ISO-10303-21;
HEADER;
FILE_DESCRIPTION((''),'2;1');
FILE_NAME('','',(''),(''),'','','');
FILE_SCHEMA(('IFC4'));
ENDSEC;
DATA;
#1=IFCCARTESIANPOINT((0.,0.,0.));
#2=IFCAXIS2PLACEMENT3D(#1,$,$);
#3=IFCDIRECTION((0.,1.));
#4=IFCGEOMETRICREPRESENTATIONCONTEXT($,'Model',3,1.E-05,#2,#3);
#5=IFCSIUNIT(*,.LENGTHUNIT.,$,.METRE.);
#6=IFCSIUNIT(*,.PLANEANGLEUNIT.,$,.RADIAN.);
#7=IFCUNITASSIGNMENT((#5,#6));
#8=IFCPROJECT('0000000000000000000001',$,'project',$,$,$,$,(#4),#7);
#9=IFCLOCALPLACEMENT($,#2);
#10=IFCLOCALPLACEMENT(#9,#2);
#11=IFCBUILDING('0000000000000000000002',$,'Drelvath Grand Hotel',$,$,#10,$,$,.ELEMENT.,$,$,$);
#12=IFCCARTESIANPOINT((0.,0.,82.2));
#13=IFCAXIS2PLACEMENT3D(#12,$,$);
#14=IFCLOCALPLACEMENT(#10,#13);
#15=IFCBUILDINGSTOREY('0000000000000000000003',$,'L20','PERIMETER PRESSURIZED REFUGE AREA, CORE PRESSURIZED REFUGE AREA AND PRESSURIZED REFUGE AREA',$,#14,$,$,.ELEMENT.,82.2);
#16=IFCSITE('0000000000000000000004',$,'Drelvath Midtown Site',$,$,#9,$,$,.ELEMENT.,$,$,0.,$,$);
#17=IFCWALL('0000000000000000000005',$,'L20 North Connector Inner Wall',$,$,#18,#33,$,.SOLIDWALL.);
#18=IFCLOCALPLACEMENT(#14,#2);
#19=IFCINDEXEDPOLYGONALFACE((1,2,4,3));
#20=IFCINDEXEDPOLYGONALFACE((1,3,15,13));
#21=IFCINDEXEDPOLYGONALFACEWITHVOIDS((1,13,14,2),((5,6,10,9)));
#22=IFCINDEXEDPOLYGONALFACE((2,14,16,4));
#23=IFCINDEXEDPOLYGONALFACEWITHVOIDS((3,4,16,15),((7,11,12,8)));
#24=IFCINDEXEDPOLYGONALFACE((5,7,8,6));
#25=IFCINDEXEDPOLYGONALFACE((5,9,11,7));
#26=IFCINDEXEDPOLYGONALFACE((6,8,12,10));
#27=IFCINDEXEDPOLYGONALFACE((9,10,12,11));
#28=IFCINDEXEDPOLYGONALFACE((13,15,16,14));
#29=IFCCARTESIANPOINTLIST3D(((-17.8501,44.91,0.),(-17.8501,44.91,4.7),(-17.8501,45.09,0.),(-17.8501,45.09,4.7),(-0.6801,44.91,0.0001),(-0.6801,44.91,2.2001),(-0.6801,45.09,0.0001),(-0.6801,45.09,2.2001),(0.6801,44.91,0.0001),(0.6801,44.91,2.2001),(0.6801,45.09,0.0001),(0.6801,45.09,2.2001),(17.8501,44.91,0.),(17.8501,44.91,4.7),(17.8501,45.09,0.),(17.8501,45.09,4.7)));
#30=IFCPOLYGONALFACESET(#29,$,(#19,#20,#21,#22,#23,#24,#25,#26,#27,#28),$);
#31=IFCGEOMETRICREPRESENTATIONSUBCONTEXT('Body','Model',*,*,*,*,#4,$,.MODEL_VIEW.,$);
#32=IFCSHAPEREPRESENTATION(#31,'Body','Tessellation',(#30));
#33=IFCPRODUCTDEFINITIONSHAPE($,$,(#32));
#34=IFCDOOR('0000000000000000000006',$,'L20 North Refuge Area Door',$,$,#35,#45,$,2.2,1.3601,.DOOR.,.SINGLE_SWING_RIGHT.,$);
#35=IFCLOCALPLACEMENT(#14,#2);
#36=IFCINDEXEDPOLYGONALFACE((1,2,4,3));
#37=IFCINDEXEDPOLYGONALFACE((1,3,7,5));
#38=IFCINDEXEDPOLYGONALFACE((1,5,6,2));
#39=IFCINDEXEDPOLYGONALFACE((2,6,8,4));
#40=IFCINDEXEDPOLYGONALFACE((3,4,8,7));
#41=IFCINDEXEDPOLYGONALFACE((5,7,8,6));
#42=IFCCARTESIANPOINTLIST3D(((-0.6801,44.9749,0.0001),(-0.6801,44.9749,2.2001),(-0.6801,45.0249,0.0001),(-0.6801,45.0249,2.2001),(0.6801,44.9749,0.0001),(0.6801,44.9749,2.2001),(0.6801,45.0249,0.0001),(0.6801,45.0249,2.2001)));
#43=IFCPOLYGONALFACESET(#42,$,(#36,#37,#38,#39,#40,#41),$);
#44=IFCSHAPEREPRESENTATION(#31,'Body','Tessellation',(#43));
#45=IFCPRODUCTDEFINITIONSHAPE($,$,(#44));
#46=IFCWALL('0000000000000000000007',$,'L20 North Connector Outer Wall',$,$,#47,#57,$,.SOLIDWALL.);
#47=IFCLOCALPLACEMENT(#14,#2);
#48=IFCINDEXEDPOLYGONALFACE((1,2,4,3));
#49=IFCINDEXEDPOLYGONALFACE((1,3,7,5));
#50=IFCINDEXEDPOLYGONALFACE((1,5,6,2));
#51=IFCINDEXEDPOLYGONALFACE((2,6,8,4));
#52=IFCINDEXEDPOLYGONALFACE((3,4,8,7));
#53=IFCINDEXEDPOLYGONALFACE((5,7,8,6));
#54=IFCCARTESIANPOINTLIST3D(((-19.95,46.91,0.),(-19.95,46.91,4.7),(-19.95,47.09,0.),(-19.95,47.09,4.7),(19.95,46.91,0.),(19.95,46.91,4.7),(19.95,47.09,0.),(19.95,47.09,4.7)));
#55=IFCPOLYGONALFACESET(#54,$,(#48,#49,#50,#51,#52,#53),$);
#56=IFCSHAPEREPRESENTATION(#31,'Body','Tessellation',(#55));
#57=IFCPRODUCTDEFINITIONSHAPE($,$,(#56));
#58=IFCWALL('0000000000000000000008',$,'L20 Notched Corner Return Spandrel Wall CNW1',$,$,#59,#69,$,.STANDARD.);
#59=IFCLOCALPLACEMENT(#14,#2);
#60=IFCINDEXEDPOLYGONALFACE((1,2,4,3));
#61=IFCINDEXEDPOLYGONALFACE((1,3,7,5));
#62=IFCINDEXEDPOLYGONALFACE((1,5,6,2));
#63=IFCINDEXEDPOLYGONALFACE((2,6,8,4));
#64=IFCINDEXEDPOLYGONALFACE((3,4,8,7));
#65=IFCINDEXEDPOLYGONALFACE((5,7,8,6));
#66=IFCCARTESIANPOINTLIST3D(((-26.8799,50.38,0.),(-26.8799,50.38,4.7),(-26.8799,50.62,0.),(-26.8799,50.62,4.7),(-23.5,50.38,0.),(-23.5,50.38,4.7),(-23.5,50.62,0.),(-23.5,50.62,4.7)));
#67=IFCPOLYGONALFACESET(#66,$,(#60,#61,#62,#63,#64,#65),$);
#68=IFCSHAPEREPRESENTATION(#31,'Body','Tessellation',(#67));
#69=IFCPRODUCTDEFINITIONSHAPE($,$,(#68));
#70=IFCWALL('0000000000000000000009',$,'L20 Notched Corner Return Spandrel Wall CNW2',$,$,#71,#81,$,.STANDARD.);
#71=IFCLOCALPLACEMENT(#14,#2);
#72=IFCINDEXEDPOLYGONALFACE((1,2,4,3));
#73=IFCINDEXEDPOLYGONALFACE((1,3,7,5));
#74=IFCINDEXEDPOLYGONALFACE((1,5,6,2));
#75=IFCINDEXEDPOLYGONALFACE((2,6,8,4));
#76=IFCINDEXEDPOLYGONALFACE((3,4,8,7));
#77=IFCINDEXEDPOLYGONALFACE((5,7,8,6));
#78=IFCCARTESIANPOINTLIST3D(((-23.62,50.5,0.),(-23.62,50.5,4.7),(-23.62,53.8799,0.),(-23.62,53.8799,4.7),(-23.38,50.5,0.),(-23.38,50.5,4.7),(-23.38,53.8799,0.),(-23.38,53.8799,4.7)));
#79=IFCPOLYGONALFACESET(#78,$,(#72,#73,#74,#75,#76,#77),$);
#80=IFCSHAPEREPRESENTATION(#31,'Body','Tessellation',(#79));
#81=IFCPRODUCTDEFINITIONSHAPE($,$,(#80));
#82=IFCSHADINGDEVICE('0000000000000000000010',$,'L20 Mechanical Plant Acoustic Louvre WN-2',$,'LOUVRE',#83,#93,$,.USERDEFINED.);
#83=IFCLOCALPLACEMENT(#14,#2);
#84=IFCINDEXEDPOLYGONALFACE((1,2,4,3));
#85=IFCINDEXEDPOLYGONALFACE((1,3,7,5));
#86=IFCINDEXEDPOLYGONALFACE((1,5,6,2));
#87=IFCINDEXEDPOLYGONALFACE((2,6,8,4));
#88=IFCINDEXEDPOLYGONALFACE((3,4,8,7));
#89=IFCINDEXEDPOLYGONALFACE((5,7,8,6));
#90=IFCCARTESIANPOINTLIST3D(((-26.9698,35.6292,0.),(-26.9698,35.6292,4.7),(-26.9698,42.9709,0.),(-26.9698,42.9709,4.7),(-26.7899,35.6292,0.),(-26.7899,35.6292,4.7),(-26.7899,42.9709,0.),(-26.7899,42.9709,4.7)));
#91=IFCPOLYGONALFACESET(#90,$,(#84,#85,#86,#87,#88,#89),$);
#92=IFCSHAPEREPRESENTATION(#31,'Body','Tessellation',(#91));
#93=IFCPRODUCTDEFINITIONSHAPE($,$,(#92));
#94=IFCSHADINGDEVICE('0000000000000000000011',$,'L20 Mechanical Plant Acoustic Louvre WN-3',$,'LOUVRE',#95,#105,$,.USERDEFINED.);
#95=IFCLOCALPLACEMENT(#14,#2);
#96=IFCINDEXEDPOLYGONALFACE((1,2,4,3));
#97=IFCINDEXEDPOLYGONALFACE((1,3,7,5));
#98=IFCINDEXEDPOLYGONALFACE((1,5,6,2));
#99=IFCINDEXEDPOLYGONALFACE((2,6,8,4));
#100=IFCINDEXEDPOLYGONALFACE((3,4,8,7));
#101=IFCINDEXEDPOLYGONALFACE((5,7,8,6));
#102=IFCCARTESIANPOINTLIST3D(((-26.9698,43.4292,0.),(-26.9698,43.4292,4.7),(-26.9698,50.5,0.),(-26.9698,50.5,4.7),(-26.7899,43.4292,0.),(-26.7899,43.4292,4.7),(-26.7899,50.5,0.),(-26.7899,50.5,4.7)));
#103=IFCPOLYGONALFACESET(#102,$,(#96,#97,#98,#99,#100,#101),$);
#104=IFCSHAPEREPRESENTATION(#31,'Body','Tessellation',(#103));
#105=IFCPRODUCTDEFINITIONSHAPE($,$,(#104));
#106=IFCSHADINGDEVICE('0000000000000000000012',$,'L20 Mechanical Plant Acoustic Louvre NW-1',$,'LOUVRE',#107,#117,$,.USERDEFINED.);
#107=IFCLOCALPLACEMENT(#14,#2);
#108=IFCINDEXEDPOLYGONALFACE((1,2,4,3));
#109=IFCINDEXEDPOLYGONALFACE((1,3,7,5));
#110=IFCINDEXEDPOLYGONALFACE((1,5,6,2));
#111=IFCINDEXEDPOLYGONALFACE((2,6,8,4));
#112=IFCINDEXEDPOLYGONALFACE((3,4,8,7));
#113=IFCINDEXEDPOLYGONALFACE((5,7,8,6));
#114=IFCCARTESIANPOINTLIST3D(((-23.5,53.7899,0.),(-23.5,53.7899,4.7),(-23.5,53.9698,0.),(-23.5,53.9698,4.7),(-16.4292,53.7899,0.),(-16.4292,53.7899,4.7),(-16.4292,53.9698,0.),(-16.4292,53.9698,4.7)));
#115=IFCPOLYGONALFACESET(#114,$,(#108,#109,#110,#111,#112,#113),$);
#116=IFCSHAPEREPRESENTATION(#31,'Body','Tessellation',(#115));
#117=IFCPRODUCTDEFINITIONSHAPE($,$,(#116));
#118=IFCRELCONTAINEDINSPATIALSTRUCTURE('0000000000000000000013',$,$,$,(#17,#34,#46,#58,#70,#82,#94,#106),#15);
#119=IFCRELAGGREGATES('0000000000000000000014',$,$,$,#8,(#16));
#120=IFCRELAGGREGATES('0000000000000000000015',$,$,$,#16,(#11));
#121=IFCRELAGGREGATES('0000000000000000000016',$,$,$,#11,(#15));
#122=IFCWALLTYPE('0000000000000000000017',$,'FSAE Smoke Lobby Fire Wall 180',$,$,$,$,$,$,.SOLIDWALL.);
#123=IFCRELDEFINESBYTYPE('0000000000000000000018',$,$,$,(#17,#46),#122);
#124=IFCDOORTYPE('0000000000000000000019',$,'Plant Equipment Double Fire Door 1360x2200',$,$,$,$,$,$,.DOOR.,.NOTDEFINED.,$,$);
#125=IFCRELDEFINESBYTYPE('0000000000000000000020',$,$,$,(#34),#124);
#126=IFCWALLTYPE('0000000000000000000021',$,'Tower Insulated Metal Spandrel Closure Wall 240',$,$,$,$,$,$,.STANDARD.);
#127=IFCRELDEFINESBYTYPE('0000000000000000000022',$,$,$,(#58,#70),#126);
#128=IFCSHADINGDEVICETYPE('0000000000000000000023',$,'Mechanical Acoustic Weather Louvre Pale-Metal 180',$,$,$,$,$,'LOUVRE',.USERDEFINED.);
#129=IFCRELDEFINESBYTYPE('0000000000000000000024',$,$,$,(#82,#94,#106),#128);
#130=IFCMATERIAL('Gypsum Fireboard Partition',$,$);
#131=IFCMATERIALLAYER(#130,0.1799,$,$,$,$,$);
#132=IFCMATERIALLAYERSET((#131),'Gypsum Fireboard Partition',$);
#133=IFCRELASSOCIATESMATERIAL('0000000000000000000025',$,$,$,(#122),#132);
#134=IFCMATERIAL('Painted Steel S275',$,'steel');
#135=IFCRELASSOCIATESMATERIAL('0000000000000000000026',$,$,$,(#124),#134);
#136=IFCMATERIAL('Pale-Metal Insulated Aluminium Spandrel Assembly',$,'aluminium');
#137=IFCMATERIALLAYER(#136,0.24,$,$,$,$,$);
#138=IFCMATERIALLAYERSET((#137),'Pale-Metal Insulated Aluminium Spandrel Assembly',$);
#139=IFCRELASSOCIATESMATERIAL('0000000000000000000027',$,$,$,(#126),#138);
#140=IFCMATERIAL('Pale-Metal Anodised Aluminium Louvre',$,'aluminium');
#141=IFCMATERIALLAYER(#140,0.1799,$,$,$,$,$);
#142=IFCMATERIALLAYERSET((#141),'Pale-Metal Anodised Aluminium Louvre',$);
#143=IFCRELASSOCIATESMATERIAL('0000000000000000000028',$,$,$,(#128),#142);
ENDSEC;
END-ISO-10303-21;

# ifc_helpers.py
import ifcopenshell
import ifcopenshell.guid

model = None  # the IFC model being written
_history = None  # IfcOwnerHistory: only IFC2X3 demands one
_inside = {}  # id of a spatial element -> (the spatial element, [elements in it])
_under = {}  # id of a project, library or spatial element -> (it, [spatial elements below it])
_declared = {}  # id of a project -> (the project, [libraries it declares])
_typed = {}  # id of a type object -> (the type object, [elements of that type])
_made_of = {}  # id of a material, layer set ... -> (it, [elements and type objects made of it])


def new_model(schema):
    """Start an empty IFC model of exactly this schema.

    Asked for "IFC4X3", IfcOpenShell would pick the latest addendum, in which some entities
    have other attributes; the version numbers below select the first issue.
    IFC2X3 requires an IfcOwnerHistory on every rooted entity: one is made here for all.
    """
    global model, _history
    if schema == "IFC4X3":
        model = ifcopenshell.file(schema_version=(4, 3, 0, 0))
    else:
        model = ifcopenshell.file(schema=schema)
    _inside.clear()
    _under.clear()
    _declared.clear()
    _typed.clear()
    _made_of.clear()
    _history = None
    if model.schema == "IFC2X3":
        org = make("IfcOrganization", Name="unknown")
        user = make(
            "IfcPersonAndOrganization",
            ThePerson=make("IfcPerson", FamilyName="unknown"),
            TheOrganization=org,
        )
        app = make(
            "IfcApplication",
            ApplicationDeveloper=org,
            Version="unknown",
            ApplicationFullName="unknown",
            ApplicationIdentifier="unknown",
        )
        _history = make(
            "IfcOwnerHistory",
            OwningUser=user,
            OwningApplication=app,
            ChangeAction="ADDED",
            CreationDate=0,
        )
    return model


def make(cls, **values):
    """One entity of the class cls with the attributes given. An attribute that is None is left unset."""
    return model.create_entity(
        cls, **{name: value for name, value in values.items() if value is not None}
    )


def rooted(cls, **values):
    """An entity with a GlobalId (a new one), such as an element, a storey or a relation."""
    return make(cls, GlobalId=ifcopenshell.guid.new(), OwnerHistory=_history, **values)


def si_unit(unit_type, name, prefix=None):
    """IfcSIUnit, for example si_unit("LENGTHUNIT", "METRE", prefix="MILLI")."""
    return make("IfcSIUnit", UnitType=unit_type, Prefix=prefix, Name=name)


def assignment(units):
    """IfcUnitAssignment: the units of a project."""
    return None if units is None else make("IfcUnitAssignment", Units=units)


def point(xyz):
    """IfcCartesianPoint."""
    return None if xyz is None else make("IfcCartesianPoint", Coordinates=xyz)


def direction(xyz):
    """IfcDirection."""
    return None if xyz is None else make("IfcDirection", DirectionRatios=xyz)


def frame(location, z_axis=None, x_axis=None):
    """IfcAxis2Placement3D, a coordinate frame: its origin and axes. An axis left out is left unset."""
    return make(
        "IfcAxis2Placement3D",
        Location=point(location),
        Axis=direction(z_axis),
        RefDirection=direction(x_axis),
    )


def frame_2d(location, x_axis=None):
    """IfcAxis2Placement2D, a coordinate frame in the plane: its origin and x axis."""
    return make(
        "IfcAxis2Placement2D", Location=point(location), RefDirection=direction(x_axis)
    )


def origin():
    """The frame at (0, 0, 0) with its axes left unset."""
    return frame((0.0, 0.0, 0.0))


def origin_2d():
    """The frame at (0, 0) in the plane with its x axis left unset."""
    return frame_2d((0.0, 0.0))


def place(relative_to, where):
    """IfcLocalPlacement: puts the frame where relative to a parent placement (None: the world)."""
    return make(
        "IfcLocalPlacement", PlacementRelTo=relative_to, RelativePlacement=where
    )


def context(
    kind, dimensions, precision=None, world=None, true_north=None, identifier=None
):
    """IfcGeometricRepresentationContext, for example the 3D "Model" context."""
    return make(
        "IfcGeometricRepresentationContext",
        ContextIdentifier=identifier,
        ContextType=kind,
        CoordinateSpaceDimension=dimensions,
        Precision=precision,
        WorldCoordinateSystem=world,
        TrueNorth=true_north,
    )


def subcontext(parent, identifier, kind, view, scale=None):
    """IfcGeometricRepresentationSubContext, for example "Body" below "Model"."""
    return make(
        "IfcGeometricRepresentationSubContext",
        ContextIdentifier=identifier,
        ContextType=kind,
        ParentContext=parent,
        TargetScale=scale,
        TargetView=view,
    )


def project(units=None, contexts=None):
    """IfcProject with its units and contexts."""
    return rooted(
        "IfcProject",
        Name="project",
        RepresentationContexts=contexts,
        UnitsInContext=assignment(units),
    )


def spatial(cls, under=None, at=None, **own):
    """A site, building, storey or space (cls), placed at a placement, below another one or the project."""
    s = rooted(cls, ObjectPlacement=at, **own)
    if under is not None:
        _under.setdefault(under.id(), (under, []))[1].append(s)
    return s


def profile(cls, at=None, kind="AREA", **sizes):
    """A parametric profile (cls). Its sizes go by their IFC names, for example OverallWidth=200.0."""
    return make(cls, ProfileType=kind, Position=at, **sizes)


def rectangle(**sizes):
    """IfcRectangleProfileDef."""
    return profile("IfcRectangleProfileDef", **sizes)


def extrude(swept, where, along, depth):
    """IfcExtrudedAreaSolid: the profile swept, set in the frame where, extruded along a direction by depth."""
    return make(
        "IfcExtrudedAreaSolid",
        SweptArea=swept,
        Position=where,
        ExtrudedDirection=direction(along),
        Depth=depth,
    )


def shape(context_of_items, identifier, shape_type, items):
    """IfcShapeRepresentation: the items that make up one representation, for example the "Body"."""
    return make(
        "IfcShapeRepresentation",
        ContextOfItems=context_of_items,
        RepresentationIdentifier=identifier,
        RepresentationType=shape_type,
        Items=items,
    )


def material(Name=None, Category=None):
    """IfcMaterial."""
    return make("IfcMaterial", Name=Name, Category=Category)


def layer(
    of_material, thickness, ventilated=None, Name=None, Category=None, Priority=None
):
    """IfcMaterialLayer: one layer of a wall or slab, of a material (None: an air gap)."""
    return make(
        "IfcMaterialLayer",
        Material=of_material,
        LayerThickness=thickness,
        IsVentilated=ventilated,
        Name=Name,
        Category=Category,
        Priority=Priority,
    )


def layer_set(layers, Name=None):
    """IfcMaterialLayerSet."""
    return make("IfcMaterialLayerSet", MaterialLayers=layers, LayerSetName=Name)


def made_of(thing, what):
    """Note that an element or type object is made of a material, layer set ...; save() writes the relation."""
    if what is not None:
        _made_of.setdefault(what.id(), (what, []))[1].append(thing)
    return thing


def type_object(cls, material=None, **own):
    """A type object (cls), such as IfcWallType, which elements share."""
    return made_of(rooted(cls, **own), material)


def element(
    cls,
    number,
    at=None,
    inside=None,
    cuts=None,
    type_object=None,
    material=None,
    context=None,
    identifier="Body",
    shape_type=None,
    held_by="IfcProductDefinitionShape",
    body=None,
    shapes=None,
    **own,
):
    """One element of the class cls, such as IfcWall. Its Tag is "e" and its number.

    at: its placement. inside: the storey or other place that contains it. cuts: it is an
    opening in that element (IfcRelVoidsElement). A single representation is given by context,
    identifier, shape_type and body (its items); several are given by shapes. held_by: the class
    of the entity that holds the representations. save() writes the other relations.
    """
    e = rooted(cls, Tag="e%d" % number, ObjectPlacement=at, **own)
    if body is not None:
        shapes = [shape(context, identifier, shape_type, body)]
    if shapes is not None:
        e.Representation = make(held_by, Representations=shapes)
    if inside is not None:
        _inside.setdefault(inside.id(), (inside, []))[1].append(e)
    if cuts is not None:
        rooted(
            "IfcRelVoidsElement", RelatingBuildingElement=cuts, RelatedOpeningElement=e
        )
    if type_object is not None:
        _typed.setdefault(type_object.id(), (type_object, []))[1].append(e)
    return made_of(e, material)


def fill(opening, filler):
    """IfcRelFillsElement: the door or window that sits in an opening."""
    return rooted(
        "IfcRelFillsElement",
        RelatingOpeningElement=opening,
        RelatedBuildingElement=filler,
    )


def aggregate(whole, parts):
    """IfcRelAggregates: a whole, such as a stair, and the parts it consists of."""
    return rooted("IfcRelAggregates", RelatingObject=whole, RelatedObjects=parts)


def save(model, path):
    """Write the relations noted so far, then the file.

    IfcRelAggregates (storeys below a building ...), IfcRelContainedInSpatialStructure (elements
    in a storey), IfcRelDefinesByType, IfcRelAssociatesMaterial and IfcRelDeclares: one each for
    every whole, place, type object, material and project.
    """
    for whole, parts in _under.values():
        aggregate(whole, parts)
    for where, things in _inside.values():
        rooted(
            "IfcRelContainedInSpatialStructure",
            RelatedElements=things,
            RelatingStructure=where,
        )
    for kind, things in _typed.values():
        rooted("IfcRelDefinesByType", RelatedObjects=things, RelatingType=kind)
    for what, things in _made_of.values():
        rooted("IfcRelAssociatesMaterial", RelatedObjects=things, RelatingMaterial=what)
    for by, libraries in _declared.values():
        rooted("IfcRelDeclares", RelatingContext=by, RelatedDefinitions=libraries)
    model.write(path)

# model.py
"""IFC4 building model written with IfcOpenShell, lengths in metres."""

from ifc_helpers import new_model, si_unit, direction, frame, frame_2d, origin, origin_2d, place, context, subcontext, project, spatial, rectangle, extrude, material, layer, layer_set, type_object, element, fill, save


model = new_model("IFC4")

# Units and contexts
model_context = context("Model", 3, precision=1e-05, world=origin(), true_north=direction((0.0, 1.0)))
body_context = subcontext(model_context, "Body", "Model", "MODEL_VIEW")
ifc_project = project(units=[si_unit("LENGTHUNIT", "METRE"), si_unit("PLANEANGLEUNIT", "RADIAN")], contexts=[model_context])

# Site, building, storey
site_placement = place(None, origin())
site = spatial("IfcSite", under=ifc_project, at=site_placement, Name="Drelvath Midtown Site", CompositionType="ELEMENT", RefElevation=0.0)
building_placement = place(site_placement, origin())
building = spatial("IfcBuilding", under=site, at=building_placement, Name="Drelvath Grand Hotel", CompositionType="ELEMENT")
storey_placement = place(building_placement, frame((0.0, 0.0, 82.2)))
storey = spatial("IfcBuildingStorey", under=building, at=storey_placement, Name="L20", Description="PERIMETER PRESSURIZED REFUGE AREA, CORE PRESSURIZED REFUGE AREA AND PRESSURIZED REFUGE AREA", CompositionType="ELEMENT", Elevation=82.2)

# Shared definitions
ifc_material_1 = material(Name="Gypsum Fireboard Partition")

# Wall, opening, door
ifc_layer_1 = layer(ifc_material_1, 0.1799)
ifc_layer_set_1 = layer_set([ifc_layer_1], Name="Gypsum Fireboard Partition")
wall_type_1 = type_object("IfcWallType", Name="FSAE Smoke Lobby Fire Wall 180", PredefinedType="SOLIDWALL", material=ifc_layer_set_1)
wall_1_placement = place(storey_placement, frame((-17.8501, 45.0, 0.0), z_axis=(0.0, 0.0, 1.0), x_axis=(1.0, 0.0, 0.0)))
wall_1 = element("IfcWall", 1, at=wall_1_placement, inside=storey, type_object=wall_type_1, Name="L20 North Connector Inner Wall", PredefinedType="SOLIDWALL", context=body_context, shape_type="SweptSolid", body=[
    extrude(rectangle(XDim=35.7002, YDim=0.1799, at=frame_2d((17.8501, 0.0))), origin(), (0.0, 0.0, 1.0), 4.7),
])
opening_placement = place(wall_1_placement, frame((17.1699, 0.0, 0.0)))
opening = element("IfcOpeningElement", 2, at=opening_placement, cuts=wall_1, PredefinedType="OPENING", context=body_context, shape_type="SweptSolid", body=[
    extrude(rectangle(XDim=1.3601, YDim=2.2, at=frame_2d((0.6802, 1.1001))), frame((0.0, 0.0999, 0.0), z_axis=(0.0, -1.0, 0.0), x_axis=(1.0, 0.0, 0.0)), (0.0, 0.0, 1.0), 0.2),
])
ifc_material_2 = material(Name="Painted Steel S275", Category="steel")
door_type = type_object("IfcDoorType", Name="Plant Equipment Double Fire Door 1360x2200", OperationType="NOTDEFINED", PredefinedType="DOOR", material=ifc_material_2)
door_placement = place(opening_placement, origin())
door = element("IfcDoor", 3, at=door_placement, inside=storey, type_object=door_type, Name="L20 North Refuge Area Door", OperationType="SINGLE_SWING_RIGHT", OverallHeight=2.2, OverallWidth=1.3601, PredefinedType="DOOR", context=body_context, shape_type="SweptSolid", body=[
    extrude(rectangle(XDim=1.3601, YDim=2.2, at=frame_2d((0.6802, 1.1001))), frame((0.0, 0.0249, 0.0), z_axis=(0.0, -1.0, 0.0), x_axis=(1.0, 0.0, 0.0)), (0.0, 0.0, 1.0), 0.05),
])
fill(opening, door)

# Walls
wall_2_placement = place(storey_placement, frame((-19.95, 47.0, 0.0), z_axis=(0.0, 0.0, 1.0), x_axis=(1.0, 0.0, 0.0)))
element("IfcWall", 4, at=wall_2_placement, inside=storey, type_object=wall_type_1, Name="L20 North Connector Outer Wall", PredefinedType="SOLIDWALL", context=body_context, shape_type="SweptSolid", body=[
    extrude(rectangle(XDim=39.8999, YDim=0.1799, at=frame_2d((19.95, 0.0))), origin(), (0.0, 0.0, 1.0), 4.7),
])
ifc_material_3 = material(Name="Pale-Metal Insulated Aluminium Spandrel Assembly", Category="aluminium")
ifc_layer_2 = layer(ifc_material_3, 0.24)
ifc_layer_set_2 = layer_set([ifc_layer_2], Name="Pale-Metal Insulated Aluminium Spandrel Assembly")
wall_type_2 = type_object("IfcWallType", Name="Tower Insulated Metal Spandrel Closure Wall 240", PredefinedType="STANDARD", material=ifc_layer_set_2)
for number, where, z_axis, x_axis, name in (
    (5, (-26.8799, 50.5, 0.0), (0.0, 0.0, 1.0), (1.0, 0.0, 0.0), "L20 Notched Corner Return Spandrel Wall CNW1"),
    (6, (-23.5, 50.5, 0.0), (0.0, 0.0, 1.0), (0.0, 1.0, 0.0), "L20 Notched Corner Return Spandrel Wall CNW2"),
):
    element("IfcWall", number, at=place(storey_placement, frame(where, z_axis=z_axis, x_axis=x_axis)), inside=storey, type_object=wall_type_2, Name=name, PredefinedType="STANDARD", context=body_context, shape_type="SweptSolid", body=[
        extrude(rectangle(XDim=3.3799, YDim=0.24, at=frame_2d((1.6899, 0.0))), origin(), (0.0, 0.0, 1.0), 4.7),
    ])

# Shading devices
ifc_material_4 = material(Name="Pale-Metal Anodised Aluminium Louvre", Category="aluminium")
ifc_layer_3 = layer(ifc_material_4, 0.1799)
ifc_layer_set_3 = layer_set([ifc_layer_3], Name="Pale-Metal Anodised Aluminium Louvre")
shading_device_type = type_object("IfcShadingDeviceType", Name="Mechanical Acoustic Weather Louvre Pale-Metal 180", ElementType="LOUVRE", PredefinedType="USERDEFINED", material=ifc_layer_set_3)
shading_device_placement = place(storey_placement, frame((-26.8799, 39.3, 0.0), z_axis=(0.0, 0.0, 1.0), x_axis=(0.0, 1.0, 0.0)))
element("IfcShadingDevice", 7, at=shading_device_placement, inside=storey, type_object=shading_device_type, Name="L20 Mechanical Plant Acoustic Louvre WN-2", ObjectType="LOUVRE", PredefinedType="USERDEFINED", context=body_context, shape_type="SweptSolid", body=[
    extrude(rectangle(XDim=7.3418, YDim=0.1799, at=origin_2d()), origin(), (0.0, 0.0, 1.0), 4.7),
])
for number, where, z_axis, x_axis, name in (
    (8, (-26.8799, 46.9646, 0.0), (0.0, 0.0, 1.0), (0.0, 1.0, 0.0), "L20 Mechanical Plant Acoustic Louvre WN-3"),
    (9, (-19.9646, 53.8799, 0.0), (0.0, 0.0, 1.0), (1.0, 0.0, 0.0), "L20 Mechanical Plant Acoustic Louvre NW-1"),
):
    element("IfcShadingDevice", number, at=place(storey_placement, frame(where, z_axis=z_axis, x_axis=x_axis)), inside=storey, type_object=shading_device_type, Name=name, ObjectType="LOUVRE", PredefinedType="USERDEFINED", context=body_context, shape_type="SweptSolid", body=[
        extrude(rectangle(XDim=7.0708, YDim=0.1799, at=origin_2d()), origin(), (0.0, 0.0, 1.0), 4.7),
    ])

save(model, "model.ifc")
